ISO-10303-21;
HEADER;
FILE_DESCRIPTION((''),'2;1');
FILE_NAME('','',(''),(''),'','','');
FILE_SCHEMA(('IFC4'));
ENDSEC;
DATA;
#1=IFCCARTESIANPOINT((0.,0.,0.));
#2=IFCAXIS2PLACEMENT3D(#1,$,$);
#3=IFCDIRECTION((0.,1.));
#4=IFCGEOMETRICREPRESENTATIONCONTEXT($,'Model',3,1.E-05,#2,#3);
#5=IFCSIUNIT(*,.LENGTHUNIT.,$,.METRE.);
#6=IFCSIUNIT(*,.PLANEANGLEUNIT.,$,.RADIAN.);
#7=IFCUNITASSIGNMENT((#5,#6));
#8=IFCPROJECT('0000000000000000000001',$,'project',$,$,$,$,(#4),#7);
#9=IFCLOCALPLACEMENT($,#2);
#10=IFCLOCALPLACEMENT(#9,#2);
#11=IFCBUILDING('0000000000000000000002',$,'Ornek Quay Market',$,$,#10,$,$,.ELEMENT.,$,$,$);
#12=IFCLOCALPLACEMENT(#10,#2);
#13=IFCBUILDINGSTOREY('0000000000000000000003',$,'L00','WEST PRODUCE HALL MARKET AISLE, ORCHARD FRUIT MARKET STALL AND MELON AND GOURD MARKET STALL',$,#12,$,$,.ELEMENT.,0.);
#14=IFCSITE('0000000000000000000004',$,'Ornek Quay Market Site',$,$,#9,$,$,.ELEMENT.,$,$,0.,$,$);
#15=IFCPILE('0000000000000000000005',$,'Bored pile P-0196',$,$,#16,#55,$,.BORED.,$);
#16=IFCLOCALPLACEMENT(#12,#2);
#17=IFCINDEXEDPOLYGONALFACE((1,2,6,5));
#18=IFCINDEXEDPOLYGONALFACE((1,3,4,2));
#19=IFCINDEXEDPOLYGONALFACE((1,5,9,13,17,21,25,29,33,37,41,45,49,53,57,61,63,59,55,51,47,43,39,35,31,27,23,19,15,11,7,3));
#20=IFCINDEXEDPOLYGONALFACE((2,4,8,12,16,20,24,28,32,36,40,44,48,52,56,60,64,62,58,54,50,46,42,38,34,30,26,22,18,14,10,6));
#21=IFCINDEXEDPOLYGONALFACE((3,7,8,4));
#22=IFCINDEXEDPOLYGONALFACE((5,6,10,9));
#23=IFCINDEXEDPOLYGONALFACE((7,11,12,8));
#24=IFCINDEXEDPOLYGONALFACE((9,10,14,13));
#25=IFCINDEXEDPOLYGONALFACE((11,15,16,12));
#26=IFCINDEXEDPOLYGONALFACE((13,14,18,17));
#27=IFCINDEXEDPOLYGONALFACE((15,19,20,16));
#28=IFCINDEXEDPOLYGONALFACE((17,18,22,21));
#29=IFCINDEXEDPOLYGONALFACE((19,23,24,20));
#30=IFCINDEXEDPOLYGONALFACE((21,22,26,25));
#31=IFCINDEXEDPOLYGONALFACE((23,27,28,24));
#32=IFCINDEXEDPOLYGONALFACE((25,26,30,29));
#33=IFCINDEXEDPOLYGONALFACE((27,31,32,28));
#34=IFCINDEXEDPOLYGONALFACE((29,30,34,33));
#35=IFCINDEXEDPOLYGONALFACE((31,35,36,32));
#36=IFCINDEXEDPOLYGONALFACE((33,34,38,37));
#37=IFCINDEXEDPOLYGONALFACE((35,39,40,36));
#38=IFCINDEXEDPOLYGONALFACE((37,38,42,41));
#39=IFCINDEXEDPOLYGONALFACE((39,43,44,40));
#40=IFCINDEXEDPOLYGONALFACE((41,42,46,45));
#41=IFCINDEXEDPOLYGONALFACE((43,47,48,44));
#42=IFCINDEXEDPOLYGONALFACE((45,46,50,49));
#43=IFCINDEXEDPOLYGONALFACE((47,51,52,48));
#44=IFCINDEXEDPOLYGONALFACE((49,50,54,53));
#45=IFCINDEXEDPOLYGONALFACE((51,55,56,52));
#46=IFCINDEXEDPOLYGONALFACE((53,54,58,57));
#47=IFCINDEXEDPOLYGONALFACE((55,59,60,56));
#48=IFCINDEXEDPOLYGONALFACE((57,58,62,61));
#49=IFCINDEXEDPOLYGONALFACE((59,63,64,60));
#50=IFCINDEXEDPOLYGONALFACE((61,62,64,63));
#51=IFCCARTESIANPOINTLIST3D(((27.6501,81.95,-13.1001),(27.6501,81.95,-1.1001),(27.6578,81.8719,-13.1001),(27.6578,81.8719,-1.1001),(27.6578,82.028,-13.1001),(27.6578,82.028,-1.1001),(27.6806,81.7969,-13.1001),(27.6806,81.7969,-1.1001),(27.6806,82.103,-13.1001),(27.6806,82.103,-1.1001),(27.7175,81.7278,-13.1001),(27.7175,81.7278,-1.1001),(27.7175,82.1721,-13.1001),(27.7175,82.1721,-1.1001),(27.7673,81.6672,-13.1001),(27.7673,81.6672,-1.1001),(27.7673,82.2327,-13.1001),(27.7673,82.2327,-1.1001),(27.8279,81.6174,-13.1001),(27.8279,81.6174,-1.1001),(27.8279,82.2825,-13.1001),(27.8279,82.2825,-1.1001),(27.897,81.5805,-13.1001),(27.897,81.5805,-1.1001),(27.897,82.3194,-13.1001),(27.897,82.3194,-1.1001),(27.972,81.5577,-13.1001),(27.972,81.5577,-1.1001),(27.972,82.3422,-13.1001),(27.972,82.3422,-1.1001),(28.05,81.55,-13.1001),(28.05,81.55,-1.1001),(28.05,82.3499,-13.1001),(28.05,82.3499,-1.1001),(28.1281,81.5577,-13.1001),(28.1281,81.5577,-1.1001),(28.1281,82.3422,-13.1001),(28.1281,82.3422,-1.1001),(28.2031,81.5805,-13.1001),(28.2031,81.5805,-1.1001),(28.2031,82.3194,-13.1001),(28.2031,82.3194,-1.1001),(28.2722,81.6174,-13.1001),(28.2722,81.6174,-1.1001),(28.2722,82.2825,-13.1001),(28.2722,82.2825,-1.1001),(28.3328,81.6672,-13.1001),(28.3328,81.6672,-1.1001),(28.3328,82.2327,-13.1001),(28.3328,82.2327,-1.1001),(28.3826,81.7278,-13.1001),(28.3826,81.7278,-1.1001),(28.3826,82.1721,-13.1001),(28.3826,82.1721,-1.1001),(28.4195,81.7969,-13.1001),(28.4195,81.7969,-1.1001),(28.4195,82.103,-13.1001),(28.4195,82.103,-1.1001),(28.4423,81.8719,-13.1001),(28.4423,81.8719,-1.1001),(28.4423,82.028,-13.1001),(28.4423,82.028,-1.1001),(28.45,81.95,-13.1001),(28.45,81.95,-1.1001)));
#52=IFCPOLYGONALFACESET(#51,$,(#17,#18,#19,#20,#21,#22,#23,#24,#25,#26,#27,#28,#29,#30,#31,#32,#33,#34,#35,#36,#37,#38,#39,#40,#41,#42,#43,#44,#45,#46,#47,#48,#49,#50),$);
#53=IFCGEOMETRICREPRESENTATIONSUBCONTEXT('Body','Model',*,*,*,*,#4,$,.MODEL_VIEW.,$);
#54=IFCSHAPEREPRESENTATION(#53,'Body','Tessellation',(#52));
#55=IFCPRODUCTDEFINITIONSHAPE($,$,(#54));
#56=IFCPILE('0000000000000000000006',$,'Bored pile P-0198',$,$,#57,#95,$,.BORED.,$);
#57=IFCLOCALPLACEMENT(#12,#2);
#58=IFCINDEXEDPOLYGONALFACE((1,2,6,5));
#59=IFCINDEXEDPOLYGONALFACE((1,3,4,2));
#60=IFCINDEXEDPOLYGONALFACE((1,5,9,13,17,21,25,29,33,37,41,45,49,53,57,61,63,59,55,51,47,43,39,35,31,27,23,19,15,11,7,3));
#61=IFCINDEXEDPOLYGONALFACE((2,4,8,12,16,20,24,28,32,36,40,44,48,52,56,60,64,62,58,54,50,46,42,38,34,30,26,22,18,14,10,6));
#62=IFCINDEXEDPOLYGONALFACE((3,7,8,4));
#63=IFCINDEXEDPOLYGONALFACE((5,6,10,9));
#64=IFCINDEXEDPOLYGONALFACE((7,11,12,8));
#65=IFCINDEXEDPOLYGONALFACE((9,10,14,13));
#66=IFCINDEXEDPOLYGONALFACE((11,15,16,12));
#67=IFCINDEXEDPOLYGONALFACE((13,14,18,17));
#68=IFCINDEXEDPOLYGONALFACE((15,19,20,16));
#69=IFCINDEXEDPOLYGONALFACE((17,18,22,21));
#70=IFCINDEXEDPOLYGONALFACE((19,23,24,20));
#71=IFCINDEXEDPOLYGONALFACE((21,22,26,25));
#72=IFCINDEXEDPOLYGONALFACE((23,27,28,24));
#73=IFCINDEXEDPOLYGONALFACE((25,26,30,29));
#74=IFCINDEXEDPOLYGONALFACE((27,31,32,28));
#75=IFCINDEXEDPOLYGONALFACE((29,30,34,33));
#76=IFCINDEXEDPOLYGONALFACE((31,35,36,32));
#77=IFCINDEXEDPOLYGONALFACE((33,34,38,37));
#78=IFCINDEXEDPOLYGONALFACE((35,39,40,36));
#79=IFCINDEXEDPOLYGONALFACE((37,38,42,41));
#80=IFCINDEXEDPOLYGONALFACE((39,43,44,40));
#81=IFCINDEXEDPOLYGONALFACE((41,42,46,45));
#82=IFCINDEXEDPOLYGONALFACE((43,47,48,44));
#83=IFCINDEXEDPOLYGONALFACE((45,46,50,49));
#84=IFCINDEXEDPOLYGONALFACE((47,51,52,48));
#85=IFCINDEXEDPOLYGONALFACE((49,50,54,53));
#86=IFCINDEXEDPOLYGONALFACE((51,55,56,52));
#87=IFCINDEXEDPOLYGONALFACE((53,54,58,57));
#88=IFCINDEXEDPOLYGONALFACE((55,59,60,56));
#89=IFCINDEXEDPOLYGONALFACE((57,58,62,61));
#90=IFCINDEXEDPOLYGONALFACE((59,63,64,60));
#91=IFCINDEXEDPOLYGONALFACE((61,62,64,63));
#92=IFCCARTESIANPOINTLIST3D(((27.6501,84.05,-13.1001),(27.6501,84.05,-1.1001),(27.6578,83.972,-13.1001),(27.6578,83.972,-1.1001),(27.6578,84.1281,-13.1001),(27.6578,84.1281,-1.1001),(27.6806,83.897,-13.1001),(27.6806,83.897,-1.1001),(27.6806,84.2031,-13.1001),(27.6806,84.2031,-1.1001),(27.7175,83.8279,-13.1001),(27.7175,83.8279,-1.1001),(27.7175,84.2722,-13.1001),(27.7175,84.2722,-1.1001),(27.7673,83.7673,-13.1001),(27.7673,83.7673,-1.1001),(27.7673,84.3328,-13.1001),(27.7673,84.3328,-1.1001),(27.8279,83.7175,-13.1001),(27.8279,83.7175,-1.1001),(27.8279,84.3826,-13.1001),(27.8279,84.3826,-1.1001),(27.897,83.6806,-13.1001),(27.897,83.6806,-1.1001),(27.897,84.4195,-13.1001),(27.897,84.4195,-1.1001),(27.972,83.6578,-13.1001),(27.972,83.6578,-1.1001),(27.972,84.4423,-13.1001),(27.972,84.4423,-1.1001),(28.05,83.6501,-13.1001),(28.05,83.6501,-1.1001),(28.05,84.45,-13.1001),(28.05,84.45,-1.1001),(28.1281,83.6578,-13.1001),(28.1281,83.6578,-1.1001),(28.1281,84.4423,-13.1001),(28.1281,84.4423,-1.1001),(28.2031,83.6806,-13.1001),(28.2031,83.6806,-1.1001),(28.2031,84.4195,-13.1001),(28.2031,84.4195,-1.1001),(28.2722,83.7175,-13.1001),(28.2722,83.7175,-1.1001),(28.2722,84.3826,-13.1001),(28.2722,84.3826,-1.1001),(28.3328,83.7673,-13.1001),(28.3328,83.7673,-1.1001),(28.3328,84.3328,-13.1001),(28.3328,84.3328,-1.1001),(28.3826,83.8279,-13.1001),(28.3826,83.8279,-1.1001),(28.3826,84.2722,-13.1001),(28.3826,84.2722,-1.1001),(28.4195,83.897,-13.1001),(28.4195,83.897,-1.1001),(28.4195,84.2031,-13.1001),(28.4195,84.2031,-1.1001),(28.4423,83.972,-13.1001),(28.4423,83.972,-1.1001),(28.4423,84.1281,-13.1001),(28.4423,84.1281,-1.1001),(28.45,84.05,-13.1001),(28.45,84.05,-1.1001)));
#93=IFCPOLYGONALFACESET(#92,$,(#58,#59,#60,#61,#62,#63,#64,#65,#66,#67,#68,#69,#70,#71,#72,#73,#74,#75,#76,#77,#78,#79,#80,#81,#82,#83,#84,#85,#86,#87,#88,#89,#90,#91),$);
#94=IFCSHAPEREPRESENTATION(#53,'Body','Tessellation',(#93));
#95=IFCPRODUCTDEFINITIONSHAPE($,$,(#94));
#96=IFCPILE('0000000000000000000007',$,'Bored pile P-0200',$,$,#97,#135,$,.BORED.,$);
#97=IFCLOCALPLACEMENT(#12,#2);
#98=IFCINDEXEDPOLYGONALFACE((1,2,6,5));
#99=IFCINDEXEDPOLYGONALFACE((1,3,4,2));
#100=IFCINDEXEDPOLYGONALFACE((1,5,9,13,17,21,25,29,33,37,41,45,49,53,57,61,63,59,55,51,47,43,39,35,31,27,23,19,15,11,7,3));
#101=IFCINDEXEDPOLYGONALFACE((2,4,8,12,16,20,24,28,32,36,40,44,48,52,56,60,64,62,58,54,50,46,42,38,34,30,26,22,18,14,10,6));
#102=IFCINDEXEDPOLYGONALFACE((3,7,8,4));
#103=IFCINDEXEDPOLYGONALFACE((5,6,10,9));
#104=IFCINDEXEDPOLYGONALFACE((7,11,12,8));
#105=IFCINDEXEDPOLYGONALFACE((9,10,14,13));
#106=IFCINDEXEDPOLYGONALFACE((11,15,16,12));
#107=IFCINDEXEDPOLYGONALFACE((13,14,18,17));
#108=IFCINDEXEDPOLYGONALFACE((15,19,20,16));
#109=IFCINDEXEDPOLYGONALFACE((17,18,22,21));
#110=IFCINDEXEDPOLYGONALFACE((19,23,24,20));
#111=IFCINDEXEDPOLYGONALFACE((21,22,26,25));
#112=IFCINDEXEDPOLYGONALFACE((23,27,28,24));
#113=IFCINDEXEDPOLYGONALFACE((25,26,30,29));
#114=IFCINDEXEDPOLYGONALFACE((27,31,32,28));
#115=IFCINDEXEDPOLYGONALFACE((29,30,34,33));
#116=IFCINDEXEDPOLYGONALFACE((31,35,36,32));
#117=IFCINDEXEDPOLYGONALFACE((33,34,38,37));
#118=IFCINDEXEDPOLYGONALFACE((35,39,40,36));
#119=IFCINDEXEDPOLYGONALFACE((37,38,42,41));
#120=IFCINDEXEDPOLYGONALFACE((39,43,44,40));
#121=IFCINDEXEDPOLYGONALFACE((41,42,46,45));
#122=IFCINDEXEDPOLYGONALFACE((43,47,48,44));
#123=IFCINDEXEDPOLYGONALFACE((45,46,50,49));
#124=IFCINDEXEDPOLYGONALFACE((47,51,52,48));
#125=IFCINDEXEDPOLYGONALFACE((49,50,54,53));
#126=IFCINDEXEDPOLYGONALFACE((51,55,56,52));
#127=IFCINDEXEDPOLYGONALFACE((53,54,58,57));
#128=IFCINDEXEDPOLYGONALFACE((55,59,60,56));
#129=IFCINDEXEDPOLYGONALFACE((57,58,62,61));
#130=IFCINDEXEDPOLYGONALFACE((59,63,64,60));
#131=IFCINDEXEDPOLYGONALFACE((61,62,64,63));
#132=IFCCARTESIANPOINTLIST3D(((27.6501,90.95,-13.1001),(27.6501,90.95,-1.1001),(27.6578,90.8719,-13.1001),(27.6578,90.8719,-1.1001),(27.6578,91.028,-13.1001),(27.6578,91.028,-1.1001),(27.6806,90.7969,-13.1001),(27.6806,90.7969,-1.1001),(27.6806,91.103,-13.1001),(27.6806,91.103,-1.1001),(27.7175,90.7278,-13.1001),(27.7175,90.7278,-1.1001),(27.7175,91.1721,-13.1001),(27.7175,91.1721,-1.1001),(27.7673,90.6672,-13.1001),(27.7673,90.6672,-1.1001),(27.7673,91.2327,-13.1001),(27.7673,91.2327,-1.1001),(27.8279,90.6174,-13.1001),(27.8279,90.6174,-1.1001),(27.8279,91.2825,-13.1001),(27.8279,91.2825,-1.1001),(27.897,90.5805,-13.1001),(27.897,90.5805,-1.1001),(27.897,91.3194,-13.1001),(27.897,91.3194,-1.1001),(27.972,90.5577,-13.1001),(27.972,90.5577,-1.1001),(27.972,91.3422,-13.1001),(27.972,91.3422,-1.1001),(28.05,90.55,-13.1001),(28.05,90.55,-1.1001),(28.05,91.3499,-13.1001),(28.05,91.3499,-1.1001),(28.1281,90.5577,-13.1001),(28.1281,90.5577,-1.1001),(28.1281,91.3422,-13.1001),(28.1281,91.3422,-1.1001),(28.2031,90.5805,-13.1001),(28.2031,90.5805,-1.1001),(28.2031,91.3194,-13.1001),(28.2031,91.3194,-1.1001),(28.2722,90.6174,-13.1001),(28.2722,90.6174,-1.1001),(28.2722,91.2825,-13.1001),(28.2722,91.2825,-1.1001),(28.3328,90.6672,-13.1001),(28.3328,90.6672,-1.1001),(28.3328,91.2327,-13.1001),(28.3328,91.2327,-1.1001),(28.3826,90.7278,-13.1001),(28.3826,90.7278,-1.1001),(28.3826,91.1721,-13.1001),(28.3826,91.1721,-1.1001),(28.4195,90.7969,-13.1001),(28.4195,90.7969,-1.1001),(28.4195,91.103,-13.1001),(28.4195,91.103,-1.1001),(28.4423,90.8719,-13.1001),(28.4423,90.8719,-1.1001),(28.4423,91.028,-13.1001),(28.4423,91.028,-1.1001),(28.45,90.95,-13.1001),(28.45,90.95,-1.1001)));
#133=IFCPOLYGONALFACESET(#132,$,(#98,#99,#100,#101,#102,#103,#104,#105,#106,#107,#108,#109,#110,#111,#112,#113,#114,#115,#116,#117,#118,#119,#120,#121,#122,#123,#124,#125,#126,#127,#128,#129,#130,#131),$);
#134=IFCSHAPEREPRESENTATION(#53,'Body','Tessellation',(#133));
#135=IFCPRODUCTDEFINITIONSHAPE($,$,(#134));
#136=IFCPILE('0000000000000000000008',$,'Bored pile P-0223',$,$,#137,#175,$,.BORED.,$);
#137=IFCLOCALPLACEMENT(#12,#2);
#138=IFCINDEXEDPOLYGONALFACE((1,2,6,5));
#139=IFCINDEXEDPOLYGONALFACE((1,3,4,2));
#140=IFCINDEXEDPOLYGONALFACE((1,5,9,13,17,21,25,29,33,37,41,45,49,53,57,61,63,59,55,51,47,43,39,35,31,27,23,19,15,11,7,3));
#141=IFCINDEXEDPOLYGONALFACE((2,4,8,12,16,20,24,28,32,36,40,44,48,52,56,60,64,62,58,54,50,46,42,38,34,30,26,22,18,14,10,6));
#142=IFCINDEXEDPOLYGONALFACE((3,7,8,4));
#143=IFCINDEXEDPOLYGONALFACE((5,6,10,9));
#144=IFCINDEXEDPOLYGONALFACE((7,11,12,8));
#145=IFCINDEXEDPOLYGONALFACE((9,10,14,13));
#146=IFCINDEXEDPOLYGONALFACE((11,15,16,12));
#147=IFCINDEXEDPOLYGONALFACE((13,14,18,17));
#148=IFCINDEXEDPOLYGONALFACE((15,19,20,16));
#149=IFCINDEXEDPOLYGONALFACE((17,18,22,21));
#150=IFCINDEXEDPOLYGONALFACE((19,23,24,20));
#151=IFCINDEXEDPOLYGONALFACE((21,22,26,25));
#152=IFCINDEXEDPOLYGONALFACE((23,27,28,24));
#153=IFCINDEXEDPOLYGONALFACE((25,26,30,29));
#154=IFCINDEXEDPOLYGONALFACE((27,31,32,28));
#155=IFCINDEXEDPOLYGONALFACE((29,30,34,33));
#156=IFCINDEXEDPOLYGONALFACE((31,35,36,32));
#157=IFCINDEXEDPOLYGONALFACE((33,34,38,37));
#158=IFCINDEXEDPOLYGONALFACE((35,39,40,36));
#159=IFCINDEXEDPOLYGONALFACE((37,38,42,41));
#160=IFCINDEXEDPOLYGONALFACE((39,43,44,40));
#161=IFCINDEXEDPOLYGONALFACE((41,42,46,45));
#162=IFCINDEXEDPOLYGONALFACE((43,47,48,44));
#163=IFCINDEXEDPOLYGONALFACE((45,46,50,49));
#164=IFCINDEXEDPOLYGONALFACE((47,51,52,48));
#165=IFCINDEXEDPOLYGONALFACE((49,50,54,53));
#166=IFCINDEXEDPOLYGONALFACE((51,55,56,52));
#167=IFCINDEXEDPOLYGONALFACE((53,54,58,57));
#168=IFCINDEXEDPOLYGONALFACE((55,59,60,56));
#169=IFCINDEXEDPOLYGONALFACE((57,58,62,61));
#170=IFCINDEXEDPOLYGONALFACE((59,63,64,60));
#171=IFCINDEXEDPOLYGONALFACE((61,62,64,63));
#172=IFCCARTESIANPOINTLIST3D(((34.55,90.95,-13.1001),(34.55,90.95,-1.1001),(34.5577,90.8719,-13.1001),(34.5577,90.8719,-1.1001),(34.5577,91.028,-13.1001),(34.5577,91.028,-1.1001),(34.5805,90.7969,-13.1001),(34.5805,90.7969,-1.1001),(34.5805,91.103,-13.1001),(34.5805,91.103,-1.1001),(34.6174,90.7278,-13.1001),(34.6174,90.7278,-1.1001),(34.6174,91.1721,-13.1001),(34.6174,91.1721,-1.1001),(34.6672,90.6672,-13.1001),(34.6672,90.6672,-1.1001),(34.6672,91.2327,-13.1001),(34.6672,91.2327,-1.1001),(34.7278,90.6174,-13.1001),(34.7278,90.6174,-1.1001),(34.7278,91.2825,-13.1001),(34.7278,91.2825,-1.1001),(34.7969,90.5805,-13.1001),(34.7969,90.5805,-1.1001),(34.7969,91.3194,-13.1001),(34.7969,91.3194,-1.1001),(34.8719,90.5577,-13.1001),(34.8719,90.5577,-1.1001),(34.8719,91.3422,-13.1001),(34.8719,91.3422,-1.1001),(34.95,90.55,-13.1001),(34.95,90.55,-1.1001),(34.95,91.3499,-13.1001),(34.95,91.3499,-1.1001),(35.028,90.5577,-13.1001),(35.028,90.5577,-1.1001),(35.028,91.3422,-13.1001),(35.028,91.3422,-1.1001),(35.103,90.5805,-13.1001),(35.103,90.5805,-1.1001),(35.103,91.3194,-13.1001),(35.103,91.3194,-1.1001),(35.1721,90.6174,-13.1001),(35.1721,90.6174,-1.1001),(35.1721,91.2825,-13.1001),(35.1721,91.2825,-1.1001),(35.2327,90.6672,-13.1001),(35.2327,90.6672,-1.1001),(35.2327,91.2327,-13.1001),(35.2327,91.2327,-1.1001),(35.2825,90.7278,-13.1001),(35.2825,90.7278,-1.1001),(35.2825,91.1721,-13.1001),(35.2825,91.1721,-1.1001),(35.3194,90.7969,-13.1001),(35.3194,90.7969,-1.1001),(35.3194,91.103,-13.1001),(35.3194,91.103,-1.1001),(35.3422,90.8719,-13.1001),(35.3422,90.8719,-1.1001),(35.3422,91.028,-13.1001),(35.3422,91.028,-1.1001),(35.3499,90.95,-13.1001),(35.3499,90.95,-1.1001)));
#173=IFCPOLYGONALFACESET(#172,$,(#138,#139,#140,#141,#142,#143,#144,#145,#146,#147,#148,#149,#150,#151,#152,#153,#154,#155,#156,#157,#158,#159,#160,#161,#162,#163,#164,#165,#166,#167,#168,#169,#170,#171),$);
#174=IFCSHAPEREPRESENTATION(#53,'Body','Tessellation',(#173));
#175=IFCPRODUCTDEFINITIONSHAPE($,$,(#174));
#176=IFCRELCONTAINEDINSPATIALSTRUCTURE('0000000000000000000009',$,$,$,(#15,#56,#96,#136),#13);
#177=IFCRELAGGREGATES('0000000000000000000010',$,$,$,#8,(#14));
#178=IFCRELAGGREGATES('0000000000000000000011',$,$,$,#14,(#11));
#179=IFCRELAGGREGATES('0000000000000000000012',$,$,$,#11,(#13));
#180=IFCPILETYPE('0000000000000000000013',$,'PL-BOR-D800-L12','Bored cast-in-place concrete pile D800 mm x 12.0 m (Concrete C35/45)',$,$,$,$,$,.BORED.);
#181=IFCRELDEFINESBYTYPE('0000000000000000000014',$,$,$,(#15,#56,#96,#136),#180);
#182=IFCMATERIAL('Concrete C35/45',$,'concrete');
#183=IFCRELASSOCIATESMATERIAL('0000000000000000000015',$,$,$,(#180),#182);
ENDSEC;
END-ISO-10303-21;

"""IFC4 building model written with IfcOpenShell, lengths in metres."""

from ifc_helpers import new_model, si_unit, direction, frame, origin, origin_2d, place, context, subcontext, project, spatial, circle, extrude, material, material_profile, profile_set, type_object, element, save


model = new_model("IFC4")

# Units and contexts
model_context = context("Model", 3, precision=1e-05, world=origin(), true_north=direction((0.0, 1.0)))
body_context = subcontext(model_context, "Body", "Model", "MODEL_VIEW")
ifc_project = project(units=[si_unit("LENGTHUNIT", "METRE"), si_unit("PLANEANGLEUNIT", "RADIAN")], contexts=[model_context])

# Site, building, storey
site_placement = place(None, origin())
site = spatial("IfcSite", under=ifc_project, at=site_placement, Name="Ornek Quay Market Site", CompositionType="ELEMENT", RefElevation=0.0)
building_placement = place(site_placement, origin())
building = spatial("IfcBuilding", under=site, at=building_placement, Name="Ornek Quay Market", CompositionType="ELEMENT")
storey_placement = place(building_placement, origin())
storey = spatial("IfcBuildingStorey", under=building, at=storey_placement, Name="L00", Description="WEST PRODUCE HALL MARKET AISLE, ORCHARD FRUIT MARKET STALL AND MELON AND GOURD MARKET STALL", CompositionType="ELEMENT", Elevation=0.0)

# Piles
ifc_material_1 = material(Name="Concrete C35/45", Category="concrete")
ifc_material_profile_1 = material_profile(ifc_material_1, circle(Radius=0.3999, at=origin_2d()), Name="PILE D800", Category="concrete")
ifc_profile_set_1 = profile_set([ifc_material_profile_1], Name="Concrete C35/45")
pile_type_1 = type_object("IfcPileType", Name="PL-BOR-D800-L12", Description="Bored cast-in-place concrete pile D800 mm x 12.0 m (Concrete C35/45)", PredefinedType="BORED", material=ifc_profile_set_1)
for number, where, z_axis, x_axis, name in (
    (1, (28.05, 81.95, -1.1001), (0.0, 0.0, -1.0), (1.0, 0.0, 0.0), "Bored pile P-0196"),
    (2, (28.05, 84.05, -1.1001), (0.0, 0.0, -1.0), (1.0, 0.0, 0.0), "Bored pile P-0198"),
    (3, (28.05, 90.95, -1.1001), (0.0, 0.0, -1.0), (1.0, 0.0, 0.0), "Bored pile P-0200"),
    (4, (34.95, 90.95, -1.1001), (0.0, 0.0, -1.0), (1.0, 0.0, 0.0), "Bored pile P-0223"),
):
    element("IfcPile", number, at=place(storey_placement, frame(where, z_axis=z_axis, x_axis=x_axis)), inside=storey, type_object=pile_type_1, Name=name, PredefinedType="BORED", context=body_context, shape_type="SweptSolid", body=[
        extrude(circle(Radius=0.3999, at=origin_2d()), origin(), (0.0, 0.0, 1.0), 12.0),
    ])

save(model, "model.ifc")
